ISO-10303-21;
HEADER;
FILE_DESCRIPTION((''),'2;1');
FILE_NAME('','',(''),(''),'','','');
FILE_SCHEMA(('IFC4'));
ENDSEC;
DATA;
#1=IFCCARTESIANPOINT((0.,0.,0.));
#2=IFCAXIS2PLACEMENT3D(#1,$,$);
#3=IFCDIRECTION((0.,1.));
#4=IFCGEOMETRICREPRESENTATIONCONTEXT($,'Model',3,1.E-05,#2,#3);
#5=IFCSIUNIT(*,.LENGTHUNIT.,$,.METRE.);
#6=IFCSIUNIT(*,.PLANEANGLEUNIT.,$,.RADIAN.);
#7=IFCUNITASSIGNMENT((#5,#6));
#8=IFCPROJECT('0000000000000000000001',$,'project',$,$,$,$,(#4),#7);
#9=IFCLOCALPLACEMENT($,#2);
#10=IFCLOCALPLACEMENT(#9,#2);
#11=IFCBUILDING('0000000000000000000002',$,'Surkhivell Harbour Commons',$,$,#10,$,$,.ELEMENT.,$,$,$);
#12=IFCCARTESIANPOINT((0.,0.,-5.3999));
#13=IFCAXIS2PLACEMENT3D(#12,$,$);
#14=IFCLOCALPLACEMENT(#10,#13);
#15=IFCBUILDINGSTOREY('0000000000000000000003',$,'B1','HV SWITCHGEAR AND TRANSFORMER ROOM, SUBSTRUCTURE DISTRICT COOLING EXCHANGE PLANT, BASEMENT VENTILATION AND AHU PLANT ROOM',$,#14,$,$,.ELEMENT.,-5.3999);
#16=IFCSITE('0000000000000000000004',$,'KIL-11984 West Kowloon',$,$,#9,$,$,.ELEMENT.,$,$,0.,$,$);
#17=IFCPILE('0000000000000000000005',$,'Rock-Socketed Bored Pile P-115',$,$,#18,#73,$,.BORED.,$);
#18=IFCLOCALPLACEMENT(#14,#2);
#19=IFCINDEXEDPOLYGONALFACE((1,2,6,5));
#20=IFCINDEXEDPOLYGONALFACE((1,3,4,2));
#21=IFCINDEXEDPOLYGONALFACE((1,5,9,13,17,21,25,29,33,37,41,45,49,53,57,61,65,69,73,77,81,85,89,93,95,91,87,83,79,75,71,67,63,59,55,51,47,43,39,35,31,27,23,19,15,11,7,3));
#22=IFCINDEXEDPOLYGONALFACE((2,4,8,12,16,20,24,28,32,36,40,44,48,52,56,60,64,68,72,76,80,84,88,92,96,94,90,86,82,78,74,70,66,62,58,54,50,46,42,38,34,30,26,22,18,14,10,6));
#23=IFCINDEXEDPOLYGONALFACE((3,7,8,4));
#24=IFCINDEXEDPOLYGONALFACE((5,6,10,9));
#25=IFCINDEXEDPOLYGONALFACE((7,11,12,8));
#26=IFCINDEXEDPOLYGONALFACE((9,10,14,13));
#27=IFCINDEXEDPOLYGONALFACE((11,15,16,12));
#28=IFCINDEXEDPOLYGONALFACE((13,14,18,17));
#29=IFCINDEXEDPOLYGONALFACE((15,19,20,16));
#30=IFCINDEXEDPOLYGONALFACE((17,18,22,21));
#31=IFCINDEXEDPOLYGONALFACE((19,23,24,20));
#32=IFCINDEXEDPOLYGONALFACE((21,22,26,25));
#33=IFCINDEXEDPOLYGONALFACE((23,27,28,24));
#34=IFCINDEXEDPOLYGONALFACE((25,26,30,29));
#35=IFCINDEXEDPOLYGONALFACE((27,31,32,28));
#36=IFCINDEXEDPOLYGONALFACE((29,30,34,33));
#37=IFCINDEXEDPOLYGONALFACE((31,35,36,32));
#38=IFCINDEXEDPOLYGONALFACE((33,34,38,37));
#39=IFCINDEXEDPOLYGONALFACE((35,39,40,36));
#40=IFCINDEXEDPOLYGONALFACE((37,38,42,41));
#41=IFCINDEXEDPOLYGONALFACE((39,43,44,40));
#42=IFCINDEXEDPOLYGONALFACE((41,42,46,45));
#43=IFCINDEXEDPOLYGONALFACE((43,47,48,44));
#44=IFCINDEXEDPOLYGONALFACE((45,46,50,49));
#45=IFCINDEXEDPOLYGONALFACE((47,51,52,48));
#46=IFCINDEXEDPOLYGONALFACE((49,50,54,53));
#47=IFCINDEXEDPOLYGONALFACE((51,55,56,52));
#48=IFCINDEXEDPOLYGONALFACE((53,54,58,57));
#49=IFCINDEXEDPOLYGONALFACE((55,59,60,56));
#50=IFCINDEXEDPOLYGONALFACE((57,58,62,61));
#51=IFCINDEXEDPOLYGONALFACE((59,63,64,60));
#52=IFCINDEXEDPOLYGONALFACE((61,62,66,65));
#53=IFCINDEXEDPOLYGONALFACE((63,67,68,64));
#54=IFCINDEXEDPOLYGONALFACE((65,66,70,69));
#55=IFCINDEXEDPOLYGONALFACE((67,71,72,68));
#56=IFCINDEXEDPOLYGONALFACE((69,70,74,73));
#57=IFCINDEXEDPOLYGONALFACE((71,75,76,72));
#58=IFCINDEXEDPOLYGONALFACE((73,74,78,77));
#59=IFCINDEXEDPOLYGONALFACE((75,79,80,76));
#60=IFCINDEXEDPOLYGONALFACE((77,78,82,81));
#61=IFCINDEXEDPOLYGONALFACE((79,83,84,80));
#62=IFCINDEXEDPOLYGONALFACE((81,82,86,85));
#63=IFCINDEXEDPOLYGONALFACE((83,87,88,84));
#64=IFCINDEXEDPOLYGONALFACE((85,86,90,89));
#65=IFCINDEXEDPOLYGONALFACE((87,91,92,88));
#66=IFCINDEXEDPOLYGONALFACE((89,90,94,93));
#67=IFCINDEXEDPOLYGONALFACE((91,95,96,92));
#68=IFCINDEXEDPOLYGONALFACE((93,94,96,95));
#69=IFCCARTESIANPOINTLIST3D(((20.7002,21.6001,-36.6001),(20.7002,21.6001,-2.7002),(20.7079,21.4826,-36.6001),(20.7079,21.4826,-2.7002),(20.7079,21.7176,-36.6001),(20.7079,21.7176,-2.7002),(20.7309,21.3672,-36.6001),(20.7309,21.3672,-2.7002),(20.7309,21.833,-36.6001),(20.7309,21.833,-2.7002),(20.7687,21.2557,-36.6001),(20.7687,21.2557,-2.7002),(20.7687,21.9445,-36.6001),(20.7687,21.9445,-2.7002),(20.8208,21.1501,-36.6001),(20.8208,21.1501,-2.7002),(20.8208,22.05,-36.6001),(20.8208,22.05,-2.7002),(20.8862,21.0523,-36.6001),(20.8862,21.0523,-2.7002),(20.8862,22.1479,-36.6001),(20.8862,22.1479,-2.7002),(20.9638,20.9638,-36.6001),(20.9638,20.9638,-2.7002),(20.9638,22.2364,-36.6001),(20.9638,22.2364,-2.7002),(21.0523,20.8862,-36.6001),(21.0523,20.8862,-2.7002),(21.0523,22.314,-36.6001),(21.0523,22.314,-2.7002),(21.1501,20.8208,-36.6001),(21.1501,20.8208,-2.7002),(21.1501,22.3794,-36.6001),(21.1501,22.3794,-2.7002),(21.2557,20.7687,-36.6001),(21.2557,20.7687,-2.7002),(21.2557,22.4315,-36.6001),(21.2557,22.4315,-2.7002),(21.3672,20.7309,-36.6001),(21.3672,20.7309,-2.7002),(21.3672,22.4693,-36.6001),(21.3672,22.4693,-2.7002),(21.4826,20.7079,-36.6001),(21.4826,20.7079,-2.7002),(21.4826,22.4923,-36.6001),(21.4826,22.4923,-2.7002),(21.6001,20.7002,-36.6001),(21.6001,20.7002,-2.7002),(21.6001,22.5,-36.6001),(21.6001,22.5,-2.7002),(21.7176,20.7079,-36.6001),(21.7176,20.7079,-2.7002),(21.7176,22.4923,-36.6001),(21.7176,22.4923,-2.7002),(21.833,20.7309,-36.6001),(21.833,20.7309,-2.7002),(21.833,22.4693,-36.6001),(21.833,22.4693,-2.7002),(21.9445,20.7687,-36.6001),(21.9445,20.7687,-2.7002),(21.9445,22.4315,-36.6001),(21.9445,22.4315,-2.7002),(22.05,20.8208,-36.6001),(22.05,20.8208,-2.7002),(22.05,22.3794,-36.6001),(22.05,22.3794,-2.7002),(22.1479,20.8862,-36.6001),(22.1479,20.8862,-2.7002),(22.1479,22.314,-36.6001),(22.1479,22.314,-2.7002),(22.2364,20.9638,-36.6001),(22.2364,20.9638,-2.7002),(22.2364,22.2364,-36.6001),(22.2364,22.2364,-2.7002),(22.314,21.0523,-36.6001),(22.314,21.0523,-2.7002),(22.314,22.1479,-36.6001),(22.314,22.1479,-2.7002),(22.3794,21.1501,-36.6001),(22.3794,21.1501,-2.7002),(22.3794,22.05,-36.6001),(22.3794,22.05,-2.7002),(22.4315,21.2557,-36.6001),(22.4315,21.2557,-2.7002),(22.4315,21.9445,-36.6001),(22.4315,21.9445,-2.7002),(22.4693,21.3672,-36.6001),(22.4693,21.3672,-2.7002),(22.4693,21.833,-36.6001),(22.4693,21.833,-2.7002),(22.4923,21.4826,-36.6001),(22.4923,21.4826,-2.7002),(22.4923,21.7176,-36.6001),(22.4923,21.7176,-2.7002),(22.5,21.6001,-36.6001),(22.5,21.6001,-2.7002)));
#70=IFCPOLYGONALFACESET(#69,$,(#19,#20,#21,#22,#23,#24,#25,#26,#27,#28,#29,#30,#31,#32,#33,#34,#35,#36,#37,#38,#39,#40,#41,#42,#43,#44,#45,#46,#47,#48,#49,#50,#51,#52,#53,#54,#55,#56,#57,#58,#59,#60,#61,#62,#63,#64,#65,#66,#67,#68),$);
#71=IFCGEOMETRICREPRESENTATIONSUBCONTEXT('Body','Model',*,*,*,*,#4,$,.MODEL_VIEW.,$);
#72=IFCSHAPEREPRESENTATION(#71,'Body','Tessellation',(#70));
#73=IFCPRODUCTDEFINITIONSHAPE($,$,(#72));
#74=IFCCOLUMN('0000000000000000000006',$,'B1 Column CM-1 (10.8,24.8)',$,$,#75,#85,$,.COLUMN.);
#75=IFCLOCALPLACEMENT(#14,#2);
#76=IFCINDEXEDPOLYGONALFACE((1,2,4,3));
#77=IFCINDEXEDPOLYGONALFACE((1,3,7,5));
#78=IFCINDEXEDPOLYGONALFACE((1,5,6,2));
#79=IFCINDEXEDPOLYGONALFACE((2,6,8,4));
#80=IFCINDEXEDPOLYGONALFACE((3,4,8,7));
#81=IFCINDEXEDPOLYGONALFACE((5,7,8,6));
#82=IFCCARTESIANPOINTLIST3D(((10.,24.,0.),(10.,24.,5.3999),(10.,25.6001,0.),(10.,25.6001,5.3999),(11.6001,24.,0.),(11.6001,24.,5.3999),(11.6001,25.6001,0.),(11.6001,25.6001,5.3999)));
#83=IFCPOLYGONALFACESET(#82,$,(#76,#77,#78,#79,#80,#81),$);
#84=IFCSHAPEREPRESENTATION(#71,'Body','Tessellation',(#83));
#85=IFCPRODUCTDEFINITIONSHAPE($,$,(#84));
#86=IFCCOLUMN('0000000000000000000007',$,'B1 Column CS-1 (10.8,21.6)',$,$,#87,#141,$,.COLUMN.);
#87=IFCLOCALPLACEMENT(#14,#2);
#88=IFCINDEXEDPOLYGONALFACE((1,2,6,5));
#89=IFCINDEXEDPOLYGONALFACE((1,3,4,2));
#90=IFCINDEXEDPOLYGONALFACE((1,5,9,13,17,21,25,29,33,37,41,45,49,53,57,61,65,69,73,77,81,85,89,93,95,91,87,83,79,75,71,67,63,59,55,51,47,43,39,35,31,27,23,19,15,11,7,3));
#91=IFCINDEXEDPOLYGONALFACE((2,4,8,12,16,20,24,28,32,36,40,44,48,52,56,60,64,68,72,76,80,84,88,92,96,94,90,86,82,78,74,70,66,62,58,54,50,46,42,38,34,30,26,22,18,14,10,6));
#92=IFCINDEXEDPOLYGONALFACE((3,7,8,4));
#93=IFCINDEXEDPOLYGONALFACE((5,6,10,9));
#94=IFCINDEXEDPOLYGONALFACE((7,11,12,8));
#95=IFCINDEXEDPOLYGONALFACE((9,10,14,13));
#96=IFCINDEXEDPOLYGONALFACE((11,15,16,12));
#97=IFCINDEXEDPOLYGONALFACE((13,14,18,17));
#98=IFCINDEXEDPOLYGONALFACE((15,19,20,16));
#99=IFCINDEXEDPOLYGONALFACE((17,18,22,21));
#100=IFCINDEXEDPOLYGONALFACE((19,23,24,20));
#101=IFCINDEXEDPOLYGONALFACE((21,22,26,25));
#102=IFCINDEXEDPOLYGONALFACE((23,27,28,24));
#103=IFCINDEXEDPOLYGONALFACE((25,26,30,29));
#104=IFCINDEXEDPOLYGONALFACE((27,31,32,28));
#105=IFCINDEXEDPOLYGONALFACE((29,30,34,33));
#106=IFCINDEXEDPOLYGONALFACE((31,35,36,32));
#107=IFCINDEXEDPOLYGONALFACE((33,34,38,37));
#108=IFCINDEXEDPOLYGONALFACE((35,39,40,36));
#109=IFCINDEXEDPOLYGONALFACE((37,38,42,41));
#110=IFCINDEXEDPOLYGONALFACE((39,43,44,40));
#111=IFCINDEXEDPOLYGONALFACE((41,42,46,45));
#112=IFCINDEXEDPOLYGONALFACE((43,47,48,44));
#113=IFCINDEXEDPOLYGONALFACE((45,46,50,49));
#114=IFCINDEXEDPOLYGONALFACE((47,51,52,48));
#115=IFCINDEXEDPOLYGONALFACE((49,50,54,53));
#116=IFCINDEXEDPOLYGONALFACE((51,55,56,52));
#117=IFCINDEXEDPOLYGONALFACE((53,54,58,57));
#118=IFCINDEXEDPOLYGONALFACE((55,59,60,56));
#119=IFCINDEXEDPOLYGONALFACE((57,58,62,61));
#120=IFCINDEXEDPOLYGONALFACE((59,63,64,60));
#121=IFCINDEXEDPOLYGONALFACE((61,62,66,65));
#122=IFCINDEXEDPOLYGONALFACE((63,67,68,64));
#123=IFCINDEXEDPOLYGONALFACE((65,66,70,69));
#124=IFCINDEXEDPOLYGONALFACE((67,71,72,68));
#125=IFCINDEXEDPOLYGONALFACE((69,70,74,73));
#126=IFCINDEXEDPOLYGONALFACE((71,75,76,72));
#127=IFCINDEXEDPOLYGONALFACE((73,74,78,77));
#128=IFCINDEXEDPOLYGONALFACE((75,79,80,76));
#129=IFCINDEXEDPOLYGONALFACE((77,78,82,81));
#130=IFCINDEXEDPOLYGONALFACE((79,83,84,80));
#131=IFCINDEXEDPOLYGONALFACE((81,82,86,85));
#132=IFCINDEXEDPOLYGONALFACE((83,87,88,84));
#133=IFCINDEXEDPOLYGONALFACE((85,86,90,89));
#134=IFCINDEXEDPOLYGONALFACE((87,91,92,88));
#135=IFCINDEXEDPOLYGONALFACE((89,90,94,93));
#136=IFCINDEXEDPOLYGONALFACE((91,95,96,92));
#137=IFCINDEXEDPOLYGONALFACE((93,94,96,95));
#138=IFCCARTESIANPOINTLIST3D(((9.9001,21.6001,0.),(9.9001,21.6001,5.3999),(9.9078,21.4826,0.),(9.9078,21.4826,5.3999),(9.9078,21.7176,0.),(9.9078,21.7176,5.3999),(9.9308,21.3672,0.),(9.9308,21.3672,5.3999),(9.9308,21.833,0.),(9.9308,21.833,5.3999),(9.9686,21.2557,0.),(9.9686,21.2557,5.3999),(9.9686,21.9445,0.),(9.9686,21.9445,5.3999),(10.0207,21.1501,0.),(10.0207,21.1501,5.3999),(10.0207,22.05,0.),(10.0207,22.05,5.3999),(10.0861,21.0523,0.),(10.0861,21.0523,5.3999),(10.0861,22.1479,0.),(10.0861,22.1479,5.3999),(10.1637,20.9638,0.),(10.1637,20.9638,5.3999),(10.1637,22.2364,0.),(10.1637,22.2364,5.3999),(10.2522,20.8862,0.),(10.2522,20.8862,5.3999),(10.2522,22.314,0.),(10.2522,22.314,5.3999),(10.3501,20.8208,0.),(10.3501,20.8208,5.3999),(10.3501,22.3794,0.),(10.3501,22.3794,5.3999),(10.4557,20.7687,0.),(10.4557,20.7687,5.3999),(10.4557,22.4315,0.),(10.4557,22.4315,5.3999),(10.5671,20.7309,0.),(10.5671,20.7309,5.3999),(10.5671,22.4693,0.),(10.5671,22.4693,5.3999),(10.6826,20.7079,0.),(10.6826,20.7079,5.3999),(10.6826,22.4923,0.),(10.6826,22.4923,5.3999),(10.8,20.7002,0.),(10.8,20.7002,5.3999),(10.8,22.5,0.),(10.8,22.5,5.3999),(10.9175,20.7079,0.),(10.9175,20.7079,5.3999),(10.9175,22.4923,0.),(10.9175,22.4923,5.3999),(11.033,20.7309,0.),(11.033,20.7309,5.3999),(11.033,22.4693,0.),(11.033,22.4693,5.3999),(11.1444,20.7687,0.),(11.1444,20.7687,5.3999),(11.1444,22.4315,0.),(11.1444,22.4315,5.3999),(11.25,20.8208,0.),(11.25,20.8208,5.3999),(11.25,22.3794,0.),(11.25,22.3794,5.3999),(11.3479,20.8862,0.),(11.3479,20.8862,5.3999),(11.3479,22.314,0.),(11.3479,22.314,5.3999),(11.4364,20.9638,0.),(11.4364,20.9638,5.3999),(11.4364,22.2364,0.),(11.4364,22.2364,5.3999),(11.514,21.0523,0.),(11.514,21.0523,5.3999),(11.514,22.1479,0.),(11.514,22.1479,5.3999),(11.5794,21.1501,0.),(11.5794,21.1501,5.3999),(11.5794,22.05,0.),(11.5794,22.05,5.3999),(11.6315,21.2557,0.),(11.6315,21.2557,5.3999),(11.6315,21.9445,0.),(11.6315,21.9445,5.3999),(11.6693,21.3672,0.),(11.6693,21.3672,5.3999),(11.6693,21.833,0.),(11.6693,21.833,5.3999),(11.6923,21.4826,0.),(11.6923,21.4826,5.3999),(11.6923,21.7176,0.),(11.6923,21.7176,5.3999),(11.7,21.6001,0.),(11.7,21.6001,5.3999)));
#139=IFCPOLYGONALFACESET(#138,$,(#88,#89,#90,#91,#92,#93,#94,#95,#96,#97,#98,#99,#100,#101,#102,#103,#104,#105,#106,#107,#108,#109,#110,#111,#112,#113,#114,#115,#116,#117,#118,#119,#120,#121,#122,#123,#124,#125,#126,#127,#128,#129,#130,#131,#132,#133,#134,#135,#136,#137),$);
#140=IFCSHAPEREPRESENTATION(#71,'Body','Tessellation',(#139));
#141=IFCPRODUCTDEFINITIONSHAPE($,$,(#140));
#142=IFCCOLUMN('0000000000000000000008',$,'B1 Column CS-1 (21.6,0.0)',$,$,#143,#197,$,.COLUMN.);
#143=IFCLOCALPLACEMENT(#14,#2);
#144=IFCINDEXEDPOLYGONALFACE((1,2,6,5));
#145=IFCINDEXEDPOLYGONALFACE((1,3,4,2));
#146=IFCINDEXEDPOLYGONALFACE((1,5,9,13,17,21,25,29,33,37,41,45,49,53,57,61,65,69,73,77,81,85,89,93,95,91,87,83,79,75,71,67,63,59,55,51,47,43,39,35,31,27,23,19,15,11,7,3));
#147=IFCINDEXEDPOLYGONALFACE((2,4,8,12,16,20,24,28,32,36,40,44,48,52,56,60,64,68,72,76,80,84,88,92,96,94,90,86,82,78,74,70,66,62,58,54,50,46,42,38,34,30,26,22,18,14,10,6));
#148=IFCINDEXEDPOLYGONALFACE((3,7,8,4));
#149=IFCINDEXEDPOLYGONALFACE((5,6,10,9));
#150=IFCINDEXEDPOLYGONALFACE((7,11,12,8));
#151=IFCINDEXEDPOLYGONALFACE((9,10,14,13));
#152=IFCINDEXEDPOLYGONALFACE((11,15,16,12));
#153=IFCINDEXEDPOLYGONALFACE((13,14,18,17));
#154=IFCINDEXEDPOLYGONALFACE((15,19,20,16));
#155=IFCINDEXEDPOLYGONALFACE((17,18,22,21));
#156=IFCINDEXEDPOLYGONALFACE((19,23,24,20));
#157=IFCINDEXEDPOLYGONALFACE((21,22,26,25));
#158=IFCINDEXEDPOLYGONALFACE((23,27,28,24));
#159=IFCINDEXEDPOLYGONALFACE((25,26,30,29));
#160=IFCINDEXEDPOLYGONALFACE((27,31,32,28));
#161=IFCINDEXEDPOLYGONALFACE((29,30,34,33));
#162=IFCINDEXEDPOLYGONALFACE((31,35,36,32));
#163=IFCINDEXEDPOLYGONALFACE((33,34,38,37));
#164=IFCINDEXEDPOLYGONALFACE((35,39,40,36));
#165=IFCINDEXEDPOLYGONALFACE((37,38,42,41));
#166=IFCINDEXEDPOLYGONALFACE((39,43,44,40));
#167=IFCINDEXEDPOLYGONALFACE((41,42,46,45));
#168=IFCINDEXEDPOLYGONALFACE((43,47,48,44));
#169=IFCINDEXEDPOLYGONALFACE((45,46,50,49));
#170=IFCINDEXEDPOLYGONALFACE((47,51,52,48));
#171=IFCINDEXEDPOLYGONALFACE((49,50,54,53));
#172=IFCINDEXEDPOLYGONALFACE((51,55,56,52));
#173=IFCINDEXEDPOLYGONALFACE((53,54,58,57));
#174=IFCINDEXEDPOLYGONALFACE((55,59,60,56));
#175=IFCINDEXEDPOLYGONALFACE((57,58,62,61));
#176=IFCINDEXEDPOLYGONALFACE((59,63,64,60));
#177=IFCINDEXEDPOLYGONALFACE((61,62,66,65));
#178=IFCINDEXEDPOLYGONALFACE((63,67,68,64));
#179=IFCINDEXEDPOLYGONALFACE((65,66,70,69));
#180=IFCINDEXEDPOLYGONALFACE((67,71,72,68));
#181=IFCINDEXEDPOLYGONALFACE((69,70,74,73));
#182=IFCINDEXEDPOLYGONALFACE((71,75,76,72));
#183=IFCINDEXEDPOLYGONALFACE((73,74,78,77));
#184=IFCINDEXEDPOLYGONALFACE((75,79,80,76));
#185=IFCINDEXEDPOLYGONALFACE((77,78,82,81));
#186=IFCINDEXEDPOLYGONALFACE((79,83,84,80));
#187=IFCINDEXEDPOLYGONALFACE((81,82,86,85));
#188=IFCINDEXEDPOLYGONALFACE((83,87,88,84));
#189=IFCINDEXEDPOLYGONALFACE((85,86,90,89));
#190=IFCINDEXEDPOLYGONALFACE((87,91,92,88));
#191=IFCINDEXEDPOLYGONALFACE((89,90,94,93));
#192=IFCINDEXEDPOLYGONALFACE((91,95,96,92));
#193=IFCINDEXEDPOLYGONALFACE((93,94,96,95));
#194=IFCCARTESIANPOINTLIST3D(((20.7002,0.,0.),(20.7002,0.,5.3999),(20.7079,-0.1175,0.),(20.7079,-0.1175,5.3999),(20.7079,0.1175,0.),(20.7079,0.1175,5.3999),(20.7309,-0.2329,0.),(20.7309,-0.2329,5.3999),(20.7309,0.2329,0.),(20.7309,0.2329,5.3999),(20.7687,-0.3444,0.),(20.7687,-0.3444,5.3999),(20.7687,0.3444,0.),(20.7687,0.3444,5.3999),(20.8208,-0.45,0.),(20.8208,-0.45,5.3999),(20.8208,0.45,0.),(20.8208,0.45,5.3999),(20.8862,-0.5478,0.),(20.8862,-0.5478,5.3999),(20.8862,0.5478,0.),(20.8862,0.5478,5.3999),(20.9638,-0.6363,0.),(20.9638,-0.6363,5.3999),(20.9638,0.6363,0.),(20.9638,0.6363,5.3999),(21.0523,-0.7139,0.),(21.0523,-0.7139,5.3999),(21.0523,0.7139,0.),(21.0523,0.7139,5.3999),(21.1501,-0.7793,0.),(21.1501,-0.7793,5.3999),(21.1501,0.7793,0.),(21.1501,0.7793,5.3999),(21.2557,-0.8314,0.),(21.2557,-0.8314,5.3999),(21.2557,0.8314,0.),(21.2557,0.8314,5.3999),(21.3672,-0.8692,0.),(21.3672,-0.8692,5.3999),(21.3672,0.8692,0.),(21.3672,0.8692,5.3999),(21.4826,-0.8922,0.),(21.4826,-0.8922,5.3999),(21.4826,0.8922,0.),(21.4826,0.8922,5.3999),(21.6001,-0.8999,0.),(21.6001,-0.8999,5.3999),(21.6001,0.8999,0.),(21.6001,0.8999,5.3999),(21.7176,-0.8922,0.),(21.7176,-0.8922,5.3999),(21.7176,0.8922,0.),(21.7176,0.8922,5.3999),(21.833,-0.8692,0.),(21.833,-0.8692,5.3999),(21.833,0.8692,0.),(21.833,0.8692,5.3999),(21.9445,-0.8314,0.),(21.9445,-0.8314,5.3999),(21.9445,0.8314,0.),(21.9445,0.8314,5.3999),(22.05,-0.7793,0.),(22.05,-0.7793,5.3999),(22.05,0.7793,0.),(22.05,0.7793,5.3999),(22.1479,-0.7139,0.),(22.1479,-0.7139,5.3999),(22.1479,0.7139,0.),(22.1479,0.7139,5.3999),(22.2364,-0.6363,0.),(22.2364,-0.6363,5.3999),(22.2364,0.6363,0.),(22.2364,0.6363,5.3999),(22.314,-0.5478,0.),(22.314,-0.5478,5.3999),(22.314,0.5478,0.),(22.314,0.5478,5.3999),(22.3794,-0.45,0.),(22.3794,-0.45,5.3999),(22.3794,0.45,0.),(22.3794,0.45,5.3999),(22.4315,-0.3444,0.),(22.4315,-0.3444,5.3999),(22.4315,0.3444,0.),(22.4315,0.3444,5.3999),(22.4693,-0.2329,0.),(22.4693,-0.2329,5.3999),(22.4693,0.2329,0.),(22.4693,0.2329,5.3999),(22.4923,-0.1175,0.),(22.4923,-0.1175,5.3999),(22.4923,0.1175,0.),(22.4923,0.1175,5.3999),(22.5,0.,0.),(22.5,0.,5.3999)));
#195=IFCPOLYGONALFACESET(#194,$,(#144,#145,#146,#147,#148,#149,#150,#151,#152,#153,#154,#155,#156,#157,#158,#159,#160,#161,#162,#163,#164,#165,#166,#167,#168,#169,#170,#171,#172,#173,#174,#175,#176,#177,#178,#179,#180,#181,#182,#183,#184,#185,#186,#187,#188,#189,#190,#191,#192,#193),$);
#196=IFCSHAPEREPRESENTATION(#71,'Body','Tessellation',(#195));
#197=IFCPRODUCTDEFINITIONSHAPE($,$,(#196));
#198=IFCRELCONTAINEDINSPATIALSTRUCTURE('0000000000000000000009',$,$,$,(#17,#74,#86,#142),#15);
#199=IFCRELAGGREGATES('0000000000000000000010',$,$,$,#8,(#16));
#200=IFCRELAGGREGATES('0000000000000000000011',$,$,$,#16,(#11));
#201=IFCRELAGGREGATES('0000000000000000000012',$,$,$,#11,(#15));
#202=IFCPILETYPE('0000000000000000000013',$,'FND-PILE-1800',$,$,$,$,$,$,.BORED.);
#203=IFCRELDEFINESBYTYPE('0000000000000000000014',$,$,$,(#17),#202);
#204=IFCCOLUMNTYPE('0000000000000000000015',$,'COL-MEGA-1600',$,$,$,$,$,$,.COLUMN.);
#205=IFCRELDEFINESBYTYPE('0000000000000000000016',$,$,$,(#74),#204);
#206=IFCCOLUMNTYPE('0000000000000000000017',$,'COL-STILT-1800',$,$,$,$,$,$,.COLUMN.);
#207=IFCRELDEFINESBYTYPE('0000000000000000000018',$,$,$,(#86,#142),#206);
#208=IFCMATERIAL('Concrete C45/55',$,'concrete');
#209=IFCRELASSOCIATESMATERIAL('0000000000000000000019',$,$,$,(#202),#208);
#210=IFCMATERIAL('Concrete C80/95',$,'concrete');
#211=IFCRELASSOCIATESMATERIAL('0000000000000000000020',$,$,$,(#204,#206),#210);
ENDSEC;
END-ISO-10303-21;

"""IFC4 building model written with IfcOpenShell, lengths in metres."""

from ifc_helpers import new_model, si_unit, direction, frame, origin, origin_2d, place, context, subcontext, project, spatial, rectangle, circle, extrude, material, material_profile, profile_set, type_object, element, save


model = new_model("IFC4")

# Units and contexts
model_context = context("Model", 3, precision=1e-05, world=origin(), true_north=direction((0.0, 1.0)))
body_context = subcontext(model_context, "Body", "Model", "MODEL_VIEW")
ifc_project = project(units=[si_unit("LENGTHUNIT", "METRE"), si_unit("PLANEANGLEUNIT", "RADIAN")], contexts=[model_context])

# Site, building, storey
site_placement = place(None, origin())
site = spatial("IfcSite", under=ifc_project, at=site_placement, Name="KIL-11984 West Kowloon", CompositionType="ELEMENT", RefElevation=0.0)
building_placement = place(site_placement, origin())
building = spatial("IfcBuilding", under=site, at=building_placement, Name="Surkhivell Harbour Commons", CompositionType="ELEMENT")
storey_placement = place(building_placement, frame((0.0, 0.0, -5.3999)))
storey = spatial("IfcBuildingStorey", under=building, at=storey_placement, Name="B1", Description="HV SWITCHGEAR AND TRANSFORMER ROOM, SUBSTRUCTURE DISTRICT COOLING EXCHANGE PLANT, BASEMENT VENTILATION AND AHU PLANT ROOM", CompositionType="ELEMENT", Elevation=-5.3999)

# Pile
ifc_material_1 = material(Name="Concrete C45/55", Category="concrete")
ifc_material_profile_1 = material_profile(ifc_material_1, circle(Radius=0.8999, at=origin_2d()), Name="PILE-1800")
ifc_profile_set_1 = profile_set([ifc_material_profile_1], Name="Concrete C45/55")
pile_type_1 = type_object("IfcPileType", Name="FND-PILE-1800", PredefinedType="BORED", material=ifc_profile_set_1)
for number, where, z_axis, x_axis, name in (
    (1, (21.6001, 21.6001, -2.7002), (0.0, 0.0, -1.0), (1.0, 0.0, 0.0), "Rock-Socketed Bored Pile P-115"),
):
    element("IfcPile", number, at=place(storey_placement, frame(where, z_axis=z_axis, x_axis=x_axis)), inside=storey, type_object=pile_type_1, Name=name, PredefinedType="BORED", context=body_context, shape_type="SweptSolid", body=[
        extrude(circle(Radius=0.8999, at=origin_2d()), origin(), (0.0, 0.0, 1.0), 33.8999),
    ])

# Columns
ifc_material_2 = material(Name="Concrete C80/95", Category="concrete")
ifc_material_profile_2 = material_profile(ifc_material_2, rectangle(XDim=1.6001, YDim=1.6001, at=origin_2d()), Name="RC-COL-1600x1600")
ifc_profile_set_2 = profile_set([ifc_material_profile_2], Name="Concrete C80/95")
column_type_1 = type_object("IfcColumnType", Name="COL-MEGA-1600", PredefinedType="COLUMN", material=ifc_profile_set_2)
column_placement = place(storey_placement, frame((10.8, 24.8, 0.0), z_axis=(0.0, 0.0, 1.0), x_axis=(1.0, 0.0, 0.0)))
element("IfcColumn", 2, at=column_placement, inside=storey, type_object=column_type_1, Name="B1 Column CM-1 (10.8,24.8)", PredefinedType="COLUMN", context=body_context, shape_type="SweptSolid", body=[
    extrude(rectangle(XDim=1.6001, YDim=1.6001, at=origin_2d()), origin(), (0.0, 0.0, 1.0), 5.3999),
])
ifc_material_profile_3 = material_profile(ifc_material_2, circle(Radius=0.8999, at=origin_2d()), Name="RC-CIRC-1800")
ifc_profile_set_3 = profile_set([ifc_material_profile_3], Name="Concrete C80/95")
column_type_2 = type_object("IfcColumnType", Name="COL-STILT-1800", PredefinedType="COLUMN", material=ifc_profile_set_3)
for number, where, z_axis, x_axis, name in (
    (3, (10.8, 21.6001, 0.0), (0.0, 0.0, 1.0), (1.0, 0.0, 0.0), "B1 Column CS-1 (10.8,21.6)"),
    (4, (21.6001, 0.0, 0.0), (0.0, 0.0, 1.0), (1.0, 0.0, 0.0), "B1 Column CS-1 (21.6,0.0)"),
):
    element("IfcColumn", number, at=place(storey_placement, frame(where, z_axis=z_axis, x_axis=x_axis)), inside=storey, type_object=column_type_2, Name=name, PredefinedType="COLUMN", context=body_context, shape_type="SweptSolid", body=[
        extrude(circle(Radius=0.8999, at=origin_2d()), origin(), (0.0, 0.0, 1.0), 5.3999),
    ])

save(model, "model.ifc")
